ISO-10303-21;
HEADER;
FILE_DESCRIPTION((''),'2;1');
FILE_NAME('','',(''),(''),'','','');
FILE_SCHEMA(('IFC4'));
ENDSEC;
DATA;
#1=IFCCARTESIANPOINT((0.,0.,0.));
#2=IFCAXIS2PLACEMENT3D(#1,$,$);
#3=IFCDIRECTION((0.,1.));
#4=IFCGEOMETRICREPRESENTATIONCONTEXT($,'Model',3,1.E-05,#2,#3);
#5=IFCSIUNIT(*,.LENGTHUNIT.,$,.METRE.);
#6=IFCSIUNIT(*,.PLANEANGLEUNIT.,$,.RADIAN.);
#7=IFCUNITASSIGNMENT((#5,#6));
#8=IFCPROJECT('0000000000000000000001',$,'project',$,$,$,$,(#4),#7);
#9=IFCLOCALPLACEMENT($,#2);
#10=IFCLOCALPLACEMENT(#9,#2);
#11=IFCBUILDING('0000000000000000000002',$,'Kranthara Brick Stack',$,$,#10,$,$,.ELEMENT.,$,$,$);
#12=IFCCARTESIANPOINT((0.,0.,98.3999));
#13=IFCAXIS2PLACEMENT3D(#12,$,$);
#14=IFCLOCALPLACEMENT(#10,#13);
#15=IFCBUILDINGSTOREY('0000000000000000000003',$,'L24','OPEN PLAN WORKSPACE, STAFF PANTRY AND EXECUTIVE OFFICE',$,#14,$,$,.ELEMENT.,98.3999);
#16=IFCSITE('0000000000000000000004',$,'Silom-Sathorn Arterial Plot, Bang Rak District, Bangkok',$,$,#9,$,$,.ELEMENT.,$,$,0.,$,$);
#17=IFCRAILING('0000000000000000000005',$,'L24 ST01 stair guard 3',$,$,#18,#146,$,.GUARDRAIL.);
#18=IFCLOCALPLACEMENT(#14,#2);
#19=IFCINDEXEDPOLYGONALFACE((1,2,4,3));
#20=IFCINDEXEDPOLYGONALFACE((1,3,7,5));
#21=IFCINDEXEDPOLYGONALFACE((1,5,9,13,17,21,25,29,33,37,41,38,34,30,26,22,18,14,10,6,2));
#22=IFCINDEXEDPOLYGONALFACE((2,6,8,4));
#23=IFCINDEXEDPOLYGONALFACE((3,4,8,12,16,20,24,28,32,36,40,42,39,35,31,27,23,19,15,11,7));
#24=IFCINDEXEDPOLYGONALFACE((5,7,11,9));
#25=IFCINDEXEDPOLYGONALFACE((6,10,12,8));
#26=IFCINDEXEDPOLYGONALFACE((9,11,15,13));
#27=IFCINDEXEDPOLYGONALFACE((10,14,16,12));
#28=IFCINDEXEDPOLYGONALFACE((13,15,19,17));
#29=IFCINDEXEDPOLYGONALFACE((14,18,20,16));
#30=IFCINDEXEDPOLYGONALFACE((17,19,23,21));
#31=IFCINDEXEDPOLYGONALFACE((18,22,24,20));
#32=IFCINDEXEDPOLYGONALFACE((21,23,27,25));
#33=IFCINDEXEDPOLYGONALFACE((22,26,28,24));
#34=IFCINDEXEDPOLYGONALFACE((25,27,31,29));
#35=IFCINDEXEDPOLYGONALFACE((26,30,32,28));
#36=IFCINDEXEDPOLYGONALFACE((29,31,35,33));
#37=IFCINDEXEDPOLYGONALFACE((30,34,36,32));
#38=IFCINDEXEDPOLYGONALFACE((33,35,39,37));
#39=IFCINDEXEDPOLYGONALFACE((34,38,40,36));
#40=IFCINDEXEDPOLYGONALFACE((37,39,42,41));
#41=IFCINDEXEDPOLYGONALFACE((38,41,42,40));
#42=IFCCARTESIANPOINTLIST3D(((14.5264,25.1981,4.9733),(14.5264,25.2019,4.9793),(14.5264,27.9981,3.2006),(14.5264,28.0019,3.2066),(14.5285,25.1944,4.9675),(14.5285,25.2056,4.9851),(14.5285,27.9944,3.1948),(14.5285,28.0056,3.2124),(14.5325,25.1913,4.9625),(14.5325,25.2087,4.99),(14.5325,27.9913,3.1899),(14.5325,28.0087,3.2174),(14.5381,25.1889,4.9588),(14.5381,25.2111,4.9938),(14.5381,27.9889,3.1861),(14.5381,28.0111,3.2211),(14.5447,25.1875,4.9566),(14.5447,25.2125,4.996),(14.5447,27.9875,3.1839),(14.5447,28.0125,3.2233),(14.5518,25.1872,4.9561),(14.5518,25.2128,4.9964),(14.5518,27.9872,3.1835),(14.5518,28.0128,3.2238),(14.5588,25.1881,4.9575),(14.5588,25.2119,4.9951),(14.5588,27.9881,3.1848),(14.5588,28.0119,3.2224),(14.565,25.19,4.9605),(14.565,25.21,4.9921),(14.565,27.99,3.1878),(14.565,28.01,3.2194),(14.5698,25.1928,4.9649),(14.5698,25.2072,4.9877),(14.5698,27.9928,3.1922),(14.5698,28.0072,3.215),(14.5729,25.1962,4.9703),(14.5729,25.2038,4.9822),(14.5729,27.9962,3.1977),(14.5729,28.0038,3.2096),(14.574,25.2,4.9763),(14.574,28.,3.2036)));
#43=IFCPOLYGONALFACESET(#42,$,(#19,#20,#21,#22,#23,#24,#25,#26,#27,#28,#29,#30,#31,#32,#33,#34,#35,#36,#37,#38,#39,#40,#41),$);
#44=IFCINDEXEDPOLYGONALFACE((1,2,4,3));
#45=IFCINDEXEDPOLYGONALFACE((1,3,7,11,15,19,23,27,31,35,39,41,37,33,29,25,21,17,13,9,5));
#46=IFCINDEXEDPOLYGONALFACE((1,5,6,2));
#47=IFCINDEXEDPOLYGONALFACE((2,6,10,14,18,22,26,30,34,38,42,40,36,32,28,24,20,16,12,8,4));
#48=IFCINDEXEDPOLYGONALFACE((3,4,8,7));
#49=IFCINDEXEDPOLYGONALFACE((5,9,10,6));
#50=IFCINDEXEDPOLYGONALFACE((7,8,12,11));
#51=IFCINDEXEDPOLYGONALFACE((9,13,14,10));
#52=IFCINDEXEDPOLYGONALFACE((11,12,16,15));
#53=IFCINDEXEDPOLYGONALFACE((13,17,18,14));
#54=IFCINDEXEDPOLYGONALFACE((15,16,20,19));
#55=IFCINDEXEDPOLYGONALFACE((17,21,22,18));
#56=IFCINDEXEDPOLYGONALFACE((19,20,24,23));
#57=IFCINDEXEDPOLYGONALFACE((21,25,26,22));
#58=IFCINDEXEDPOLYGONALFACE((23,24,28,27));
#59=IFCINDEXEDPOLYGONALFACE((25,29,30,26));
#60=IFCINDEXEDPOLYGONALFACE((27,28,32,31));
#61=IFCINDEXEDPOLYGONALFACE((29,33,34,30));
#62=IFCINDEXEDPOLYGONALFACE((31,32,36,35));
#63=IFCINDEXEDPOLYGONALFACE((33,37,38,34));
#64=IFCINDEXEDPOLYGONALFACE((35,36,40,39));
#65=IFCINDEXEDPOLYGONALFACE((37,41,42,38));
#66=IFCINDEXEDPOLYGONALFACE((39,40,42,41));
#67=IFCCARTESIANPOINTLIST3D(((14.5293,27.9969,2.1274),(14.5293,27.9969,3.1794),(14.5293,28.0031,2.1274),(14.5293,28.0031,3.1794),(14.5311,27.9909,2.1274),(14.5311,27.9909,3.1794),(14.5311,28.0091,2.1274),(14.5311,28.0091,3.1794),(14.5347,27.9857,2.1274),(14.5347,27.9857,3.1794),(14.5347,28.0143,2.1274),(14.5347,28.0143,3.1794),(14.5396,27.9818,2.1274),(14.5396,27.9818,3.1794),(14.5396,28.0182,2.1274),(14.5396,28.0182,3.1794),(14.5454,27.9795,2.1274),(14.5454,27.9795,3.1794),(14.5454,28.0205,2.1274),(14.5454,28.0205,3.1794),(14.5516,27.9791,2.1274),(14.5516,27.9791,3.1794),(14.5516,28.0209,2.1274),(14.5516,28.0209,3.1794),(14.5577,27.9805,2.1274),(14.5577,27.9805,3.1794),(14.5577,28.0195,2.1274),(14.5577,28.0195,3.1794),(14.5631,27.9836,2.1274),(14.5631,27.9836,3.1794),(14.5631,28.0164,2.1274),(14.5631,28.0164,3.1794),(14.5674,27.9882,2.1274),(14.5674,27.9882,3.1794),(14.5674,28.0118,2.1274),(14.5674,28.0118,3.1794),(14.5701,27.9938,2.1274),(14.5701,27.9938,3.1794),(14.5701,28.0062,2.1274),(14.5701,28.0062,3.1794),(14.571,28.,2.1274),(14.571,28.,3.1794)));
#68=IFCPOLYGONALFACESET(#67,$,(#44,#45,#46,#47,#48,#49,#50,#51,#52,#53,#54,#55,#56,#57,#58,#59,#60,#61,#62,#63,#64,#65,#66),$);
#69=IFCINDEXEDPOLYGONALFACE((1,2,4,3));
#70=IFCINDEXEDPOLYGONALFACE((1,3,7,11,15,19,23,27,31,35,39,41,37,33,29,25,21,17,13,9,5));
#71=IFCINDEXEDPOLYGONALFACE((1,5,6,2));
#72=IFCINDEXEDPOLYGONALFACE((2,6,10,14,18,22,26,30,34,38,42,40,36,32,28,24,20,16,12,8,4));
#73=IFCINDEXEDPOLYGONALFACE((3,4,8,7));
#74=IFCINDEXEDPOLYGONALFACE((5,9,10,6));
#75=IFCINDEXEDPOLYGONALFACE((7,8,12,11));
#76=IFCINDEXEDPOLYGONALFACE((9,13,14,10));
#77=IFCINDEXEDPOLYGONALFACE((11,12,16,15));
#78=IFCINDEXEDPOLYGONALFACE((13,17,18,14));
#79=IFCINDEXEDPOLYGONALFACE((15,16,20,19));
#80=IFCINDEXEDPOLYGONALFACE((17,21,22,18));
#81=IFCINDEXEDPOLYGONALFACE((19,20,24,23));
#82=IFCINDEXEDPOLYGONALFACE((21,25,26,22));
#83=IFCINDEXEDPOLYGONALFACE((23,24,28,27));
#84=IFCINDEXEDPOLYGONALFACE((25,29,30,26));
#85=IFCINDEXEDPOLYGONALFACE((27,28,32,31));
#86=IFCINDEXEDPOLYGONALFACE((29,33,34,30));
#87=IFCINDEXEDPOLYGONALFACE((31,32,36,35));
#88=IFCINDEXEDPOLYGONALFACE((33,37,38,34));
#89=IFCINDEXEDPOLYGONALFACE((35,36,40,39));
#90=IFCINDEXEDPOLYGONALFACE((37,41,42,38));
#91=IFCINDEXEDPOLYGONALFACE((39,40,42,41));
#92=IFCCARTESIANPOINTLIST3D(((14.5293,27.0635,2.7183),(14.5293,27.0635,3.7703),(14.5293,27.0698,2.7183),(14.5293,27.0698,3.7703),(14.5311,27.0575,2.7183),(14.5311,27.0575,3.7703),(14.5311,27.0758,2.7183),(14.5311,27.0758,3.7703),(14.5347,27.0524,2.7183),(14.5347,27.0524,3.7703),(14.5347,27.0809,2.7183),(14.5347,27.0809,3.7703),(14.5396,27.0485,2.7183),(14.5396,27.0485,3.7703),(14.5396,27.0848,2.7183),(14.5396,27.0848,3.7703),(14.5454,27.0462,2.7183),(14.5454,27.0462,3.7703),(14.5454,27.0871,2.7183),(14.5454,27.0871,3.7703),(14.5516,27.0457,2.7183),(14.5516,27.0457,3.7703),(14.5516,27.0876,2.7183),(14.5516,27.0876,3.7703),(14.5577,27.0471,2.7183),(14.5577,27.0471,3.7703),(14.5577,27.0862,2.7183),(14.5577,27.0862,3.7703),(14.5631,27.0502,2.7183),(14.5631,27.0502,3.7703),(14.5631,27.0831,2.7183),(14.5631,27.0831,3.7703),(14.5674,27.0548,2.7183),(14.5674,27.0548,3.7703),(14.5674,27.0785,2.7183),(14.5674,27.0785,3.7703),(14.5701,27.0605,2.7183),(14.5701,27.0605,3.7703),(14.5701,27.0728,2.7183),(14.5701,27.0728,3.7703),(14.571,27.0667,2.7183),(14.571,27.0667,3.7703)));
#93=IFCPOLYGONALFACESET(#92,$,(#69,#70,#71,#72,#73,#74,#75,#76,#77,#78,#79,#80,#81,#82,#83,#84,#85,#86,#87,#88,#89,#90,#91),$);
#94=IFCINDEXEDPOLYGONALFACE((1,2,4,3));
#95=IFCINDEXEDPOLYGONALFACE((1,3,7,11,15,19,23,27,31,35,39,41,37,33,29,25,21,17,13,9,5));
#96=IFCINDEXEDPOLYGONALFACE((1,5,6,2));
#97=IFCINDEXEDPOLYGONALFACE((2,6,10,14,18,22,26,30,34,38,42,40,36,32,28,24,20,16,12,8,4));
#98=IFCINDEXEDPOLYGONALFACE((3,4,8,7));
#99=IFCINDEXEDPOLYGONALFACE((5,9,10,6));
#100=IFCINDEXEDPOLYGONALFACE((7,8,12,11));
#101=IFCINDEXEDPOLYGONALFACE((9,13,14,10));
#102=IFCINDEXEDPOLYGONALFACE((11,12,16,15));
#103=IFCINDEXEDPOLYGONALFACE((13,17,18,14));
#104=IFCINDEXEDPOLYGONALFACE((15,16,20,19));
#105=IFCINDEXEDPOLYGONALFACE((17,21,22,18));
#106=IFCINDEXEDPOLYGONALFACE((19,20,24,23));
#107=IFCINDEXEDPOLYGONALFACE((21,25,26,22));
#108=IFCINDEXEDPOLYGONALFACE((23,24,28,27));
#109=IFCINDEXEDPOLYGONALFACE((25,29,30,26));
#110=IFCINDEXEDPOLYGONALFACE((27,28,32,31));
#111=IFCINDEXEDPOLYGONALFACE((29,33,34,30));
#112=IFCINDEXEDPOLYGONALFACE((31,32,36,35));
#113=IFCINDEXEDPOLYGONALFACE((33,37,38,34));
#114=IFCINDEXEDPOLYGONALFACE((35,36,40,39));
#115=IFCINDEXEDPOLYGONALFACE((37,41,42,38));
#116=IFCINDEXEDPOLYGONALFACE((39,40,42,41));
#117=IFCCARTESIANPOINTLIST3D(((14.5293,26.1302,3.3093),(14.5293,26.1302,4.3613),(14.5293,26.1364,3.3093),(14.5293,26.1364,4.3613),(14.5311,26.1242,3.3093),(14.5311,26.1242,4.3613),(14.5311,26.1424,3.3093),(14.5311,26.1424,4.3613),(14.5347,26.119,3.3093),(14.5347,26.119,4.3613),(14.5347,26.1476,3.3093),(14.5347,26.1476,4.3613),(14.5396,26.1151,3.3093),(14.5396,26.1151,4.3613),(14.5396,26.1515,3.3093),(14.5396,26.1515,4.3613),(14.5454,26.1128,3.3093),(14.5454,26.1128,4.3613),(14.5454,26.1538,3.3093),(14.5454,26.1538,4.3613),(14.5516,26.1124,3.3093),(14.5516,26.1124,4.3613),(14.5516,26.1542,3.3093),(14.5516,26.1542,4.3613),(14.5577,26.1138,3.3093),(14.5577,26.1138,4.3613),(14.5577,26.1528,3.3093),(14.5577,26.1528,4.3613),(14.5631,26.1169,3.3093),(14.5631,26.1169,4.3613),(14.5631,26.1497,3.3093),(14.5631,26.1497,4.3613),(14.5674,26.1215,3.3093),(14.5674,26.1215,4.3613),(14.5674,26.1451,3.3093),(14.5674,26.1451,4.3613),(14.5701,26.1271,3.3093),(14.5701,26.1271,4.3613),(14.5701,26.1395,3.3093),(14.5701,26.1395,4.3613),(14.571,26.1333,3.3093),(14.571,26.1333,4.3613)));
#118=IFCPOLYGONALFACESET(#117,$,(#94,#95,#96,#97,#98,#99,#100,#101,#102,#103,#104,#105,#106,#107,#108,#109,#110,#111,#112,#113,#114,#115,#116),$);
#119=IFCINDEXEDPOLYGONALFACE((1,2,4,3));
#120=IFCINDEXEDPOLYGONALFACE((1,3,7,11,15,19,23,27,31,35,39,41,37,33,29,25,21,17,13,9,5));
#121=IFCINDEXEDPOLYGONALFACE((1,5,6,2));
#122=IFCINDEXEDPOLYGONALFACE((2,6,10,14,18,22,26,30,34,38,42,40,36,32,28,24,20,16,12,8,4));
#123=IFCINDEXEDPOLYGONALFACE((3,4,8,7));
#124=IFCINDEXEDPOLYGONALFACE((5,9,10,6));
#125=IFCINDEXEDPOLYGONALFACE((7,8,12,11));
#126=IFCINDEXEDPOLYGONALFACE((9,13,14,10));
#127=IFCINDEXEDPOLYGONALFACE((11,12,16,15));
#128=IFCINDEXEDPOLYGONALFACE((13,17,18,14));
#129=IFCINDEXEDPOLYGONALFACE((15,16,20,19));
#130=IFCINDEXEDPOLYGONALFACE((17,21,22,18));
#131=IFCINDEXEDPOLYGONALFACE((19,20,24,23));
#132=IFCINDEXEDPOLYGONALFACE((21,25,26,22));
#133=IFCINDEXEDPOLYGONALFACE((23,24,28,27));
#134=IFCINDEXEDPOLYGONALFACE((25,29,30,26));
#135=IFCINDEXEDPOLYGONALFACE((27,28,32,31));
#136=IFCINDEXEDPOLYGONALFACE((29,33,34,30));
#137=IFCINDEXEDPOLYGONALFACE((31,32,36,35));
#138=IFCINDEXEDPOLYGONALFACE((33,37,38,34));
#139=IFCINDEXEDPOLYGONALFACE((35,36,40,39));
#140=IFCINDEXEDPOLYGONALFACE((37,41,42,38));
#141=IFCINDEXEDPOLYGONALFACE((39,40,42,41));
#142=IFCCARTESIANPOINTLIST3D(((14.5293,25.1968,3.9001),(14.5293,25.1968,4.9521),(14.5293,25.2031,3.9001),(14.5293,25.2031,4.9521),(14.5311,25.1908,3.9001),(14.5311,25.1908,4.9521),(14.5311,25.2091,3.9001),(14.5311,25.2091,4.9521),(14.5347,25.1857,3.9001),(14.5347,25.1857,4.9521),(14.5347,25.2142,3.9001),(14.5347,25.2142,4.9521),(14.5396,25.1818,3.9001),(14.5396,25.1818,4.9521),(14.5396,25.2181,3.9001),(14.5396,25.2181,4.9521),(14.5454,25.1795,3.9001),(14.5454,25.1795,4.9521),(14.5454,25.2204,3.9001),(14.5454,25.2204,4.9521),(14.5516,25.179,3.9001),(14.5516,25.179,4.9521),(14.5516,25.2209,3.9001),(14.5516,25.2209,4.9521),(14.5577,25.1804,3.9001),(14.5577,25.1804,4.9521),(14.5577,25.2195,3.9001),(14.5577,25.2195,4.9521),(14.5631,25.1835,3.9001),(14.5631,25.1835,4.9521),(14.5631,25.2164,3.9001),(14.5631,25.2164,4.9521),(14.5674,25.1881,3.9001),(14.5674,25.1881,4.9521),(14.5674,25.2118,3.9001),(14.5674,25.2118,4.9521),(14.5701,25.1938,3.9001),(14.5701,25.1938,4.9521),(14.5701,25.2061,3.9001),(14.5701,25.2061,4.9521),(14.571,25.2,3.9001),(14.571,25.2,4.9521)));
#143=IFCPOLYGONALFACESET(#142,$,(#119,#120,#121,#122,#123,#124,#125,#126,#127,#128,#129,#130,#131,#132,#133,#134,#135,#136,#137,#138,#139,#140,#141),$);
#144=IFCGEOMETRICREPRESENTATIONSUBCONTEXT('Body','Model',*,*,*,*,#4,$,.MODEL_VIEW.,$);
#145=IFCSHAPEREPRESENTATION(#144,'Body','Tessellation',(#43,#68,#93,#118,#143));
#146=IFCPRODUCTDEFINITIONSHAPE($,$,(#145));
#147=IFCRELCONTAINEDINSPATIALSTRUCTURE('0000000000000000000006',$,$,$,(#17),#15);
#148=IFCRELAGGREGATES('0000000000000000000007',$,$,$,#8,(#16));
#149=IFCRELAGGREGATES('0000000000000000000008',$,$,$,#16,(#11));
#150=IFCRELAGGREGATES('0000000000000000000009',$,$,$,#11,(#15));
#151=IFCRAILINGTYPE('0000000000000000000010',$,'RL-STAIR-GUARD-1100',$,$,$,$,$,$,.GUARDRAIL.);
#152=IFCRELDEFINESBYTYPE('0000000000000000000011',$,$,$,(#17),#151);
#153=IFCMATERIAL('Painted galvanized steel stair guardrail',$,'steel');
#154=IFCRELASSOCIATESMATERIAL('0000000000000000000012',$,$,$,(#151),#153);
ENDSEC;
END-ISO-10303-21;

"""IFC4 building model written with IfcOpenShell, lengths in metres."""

from ifc_helpers import new_model, si_unit, direction, frame, origin, origin_2d, place, context, subcontext, project, spatial, circle, extrude, material, type_object, element, save


model = new_model("IFC4")

# Units and contexts
model_context = context("Model", 3, precision=1e-05, world=origin(), true_north=direction((0.0, 1.0)))
body_context = subcontext(model_context, "Body", "Model", "MODEL_VIEW")
ifc_project = project(units=[si_unit("LENGTHUNIT", "METRE"), si_unit("PLANEANGLEUNIT", "RADIAN")], contexts=[model_context])

# Site, building, storey
site_placement = place(None, origin())
site = spatial("IfcSite", under=ifc_project, at=site_placement, Name="Silom-Sathorn Arterial Plot, Bang Rak District, Bangkok", CompositionType="ELEMENT", RefElevation=0.0)
building_placement = place(site_placement, origin())
building = spatial("IfcBuilding", under=site, at=building_placement, Name="Kranthara Brick Stack", CompositionType="ELEMENT")
storey_placement = place(building_placement, frame((0.0, 0.0, 98.3999)))
storey = spatial("IfcBuildingStorey", under=building, at=storey_placement, Name="L24", Description="OPEN PLAN WORKSPACE, STAFF PANTRY AND EXECUTIVE OFFICE", CompositionType="ELEMENT", Elevation=98.3999)

# Railing
ifc_material_1 = material(Name="Painted galvanized steel stair guardrail", Category="steel")
railing_type_1 = type_object("IfcRailingType", Name="RL-STAIR-GUARD-1100", PredefinedType="GUARDRAIL", material=ifc_material_1)
railing_1_placement = place(storey_placement, frame((14.55, 28.0, 2.1274)))
element("IfcRailing", 1, at=railing_1_placement, inside=storey, type_object=railing_type_1, Name="L24 ST01 stair guard 3", PredefinedType="GUARDRAIL", context=body_context, shape_type="SweptSolid", body=[
    extrude(circle(Radius=0.0239, at=origin_2d()), frame((0.0, 0.0, 1.0762), z_axis=(0.0, -0.844909, 0.53491), x_axis=(1.0, 0.0, 0.0)), (0.0, 0.0, 1.0), 3.314),
    extrude(circle(Radius=0.021, at=origin_2d()), origin(), (0.0, 0.0, 1.0), 1.052),
    extrude(circle(Radius=0.021, at=origin_2d()), frame((0.0, -0.9333, 0.5908)), (0.0, 0.0, 1.0), 1.052),
    extrude(circle(Radius=0.021, at=origin_2d()), frame((0.0, -1.8667, 1.1819)), (0.0, 0.0, 1.0), 1.052),
    extrude(circle(Radius=0.021, at=origin_2d()), frame((0.0, -2.8, 1.7727)), (0.0, 0.0, 1.0), 1.052),
])

save(model, "model.ifc")
